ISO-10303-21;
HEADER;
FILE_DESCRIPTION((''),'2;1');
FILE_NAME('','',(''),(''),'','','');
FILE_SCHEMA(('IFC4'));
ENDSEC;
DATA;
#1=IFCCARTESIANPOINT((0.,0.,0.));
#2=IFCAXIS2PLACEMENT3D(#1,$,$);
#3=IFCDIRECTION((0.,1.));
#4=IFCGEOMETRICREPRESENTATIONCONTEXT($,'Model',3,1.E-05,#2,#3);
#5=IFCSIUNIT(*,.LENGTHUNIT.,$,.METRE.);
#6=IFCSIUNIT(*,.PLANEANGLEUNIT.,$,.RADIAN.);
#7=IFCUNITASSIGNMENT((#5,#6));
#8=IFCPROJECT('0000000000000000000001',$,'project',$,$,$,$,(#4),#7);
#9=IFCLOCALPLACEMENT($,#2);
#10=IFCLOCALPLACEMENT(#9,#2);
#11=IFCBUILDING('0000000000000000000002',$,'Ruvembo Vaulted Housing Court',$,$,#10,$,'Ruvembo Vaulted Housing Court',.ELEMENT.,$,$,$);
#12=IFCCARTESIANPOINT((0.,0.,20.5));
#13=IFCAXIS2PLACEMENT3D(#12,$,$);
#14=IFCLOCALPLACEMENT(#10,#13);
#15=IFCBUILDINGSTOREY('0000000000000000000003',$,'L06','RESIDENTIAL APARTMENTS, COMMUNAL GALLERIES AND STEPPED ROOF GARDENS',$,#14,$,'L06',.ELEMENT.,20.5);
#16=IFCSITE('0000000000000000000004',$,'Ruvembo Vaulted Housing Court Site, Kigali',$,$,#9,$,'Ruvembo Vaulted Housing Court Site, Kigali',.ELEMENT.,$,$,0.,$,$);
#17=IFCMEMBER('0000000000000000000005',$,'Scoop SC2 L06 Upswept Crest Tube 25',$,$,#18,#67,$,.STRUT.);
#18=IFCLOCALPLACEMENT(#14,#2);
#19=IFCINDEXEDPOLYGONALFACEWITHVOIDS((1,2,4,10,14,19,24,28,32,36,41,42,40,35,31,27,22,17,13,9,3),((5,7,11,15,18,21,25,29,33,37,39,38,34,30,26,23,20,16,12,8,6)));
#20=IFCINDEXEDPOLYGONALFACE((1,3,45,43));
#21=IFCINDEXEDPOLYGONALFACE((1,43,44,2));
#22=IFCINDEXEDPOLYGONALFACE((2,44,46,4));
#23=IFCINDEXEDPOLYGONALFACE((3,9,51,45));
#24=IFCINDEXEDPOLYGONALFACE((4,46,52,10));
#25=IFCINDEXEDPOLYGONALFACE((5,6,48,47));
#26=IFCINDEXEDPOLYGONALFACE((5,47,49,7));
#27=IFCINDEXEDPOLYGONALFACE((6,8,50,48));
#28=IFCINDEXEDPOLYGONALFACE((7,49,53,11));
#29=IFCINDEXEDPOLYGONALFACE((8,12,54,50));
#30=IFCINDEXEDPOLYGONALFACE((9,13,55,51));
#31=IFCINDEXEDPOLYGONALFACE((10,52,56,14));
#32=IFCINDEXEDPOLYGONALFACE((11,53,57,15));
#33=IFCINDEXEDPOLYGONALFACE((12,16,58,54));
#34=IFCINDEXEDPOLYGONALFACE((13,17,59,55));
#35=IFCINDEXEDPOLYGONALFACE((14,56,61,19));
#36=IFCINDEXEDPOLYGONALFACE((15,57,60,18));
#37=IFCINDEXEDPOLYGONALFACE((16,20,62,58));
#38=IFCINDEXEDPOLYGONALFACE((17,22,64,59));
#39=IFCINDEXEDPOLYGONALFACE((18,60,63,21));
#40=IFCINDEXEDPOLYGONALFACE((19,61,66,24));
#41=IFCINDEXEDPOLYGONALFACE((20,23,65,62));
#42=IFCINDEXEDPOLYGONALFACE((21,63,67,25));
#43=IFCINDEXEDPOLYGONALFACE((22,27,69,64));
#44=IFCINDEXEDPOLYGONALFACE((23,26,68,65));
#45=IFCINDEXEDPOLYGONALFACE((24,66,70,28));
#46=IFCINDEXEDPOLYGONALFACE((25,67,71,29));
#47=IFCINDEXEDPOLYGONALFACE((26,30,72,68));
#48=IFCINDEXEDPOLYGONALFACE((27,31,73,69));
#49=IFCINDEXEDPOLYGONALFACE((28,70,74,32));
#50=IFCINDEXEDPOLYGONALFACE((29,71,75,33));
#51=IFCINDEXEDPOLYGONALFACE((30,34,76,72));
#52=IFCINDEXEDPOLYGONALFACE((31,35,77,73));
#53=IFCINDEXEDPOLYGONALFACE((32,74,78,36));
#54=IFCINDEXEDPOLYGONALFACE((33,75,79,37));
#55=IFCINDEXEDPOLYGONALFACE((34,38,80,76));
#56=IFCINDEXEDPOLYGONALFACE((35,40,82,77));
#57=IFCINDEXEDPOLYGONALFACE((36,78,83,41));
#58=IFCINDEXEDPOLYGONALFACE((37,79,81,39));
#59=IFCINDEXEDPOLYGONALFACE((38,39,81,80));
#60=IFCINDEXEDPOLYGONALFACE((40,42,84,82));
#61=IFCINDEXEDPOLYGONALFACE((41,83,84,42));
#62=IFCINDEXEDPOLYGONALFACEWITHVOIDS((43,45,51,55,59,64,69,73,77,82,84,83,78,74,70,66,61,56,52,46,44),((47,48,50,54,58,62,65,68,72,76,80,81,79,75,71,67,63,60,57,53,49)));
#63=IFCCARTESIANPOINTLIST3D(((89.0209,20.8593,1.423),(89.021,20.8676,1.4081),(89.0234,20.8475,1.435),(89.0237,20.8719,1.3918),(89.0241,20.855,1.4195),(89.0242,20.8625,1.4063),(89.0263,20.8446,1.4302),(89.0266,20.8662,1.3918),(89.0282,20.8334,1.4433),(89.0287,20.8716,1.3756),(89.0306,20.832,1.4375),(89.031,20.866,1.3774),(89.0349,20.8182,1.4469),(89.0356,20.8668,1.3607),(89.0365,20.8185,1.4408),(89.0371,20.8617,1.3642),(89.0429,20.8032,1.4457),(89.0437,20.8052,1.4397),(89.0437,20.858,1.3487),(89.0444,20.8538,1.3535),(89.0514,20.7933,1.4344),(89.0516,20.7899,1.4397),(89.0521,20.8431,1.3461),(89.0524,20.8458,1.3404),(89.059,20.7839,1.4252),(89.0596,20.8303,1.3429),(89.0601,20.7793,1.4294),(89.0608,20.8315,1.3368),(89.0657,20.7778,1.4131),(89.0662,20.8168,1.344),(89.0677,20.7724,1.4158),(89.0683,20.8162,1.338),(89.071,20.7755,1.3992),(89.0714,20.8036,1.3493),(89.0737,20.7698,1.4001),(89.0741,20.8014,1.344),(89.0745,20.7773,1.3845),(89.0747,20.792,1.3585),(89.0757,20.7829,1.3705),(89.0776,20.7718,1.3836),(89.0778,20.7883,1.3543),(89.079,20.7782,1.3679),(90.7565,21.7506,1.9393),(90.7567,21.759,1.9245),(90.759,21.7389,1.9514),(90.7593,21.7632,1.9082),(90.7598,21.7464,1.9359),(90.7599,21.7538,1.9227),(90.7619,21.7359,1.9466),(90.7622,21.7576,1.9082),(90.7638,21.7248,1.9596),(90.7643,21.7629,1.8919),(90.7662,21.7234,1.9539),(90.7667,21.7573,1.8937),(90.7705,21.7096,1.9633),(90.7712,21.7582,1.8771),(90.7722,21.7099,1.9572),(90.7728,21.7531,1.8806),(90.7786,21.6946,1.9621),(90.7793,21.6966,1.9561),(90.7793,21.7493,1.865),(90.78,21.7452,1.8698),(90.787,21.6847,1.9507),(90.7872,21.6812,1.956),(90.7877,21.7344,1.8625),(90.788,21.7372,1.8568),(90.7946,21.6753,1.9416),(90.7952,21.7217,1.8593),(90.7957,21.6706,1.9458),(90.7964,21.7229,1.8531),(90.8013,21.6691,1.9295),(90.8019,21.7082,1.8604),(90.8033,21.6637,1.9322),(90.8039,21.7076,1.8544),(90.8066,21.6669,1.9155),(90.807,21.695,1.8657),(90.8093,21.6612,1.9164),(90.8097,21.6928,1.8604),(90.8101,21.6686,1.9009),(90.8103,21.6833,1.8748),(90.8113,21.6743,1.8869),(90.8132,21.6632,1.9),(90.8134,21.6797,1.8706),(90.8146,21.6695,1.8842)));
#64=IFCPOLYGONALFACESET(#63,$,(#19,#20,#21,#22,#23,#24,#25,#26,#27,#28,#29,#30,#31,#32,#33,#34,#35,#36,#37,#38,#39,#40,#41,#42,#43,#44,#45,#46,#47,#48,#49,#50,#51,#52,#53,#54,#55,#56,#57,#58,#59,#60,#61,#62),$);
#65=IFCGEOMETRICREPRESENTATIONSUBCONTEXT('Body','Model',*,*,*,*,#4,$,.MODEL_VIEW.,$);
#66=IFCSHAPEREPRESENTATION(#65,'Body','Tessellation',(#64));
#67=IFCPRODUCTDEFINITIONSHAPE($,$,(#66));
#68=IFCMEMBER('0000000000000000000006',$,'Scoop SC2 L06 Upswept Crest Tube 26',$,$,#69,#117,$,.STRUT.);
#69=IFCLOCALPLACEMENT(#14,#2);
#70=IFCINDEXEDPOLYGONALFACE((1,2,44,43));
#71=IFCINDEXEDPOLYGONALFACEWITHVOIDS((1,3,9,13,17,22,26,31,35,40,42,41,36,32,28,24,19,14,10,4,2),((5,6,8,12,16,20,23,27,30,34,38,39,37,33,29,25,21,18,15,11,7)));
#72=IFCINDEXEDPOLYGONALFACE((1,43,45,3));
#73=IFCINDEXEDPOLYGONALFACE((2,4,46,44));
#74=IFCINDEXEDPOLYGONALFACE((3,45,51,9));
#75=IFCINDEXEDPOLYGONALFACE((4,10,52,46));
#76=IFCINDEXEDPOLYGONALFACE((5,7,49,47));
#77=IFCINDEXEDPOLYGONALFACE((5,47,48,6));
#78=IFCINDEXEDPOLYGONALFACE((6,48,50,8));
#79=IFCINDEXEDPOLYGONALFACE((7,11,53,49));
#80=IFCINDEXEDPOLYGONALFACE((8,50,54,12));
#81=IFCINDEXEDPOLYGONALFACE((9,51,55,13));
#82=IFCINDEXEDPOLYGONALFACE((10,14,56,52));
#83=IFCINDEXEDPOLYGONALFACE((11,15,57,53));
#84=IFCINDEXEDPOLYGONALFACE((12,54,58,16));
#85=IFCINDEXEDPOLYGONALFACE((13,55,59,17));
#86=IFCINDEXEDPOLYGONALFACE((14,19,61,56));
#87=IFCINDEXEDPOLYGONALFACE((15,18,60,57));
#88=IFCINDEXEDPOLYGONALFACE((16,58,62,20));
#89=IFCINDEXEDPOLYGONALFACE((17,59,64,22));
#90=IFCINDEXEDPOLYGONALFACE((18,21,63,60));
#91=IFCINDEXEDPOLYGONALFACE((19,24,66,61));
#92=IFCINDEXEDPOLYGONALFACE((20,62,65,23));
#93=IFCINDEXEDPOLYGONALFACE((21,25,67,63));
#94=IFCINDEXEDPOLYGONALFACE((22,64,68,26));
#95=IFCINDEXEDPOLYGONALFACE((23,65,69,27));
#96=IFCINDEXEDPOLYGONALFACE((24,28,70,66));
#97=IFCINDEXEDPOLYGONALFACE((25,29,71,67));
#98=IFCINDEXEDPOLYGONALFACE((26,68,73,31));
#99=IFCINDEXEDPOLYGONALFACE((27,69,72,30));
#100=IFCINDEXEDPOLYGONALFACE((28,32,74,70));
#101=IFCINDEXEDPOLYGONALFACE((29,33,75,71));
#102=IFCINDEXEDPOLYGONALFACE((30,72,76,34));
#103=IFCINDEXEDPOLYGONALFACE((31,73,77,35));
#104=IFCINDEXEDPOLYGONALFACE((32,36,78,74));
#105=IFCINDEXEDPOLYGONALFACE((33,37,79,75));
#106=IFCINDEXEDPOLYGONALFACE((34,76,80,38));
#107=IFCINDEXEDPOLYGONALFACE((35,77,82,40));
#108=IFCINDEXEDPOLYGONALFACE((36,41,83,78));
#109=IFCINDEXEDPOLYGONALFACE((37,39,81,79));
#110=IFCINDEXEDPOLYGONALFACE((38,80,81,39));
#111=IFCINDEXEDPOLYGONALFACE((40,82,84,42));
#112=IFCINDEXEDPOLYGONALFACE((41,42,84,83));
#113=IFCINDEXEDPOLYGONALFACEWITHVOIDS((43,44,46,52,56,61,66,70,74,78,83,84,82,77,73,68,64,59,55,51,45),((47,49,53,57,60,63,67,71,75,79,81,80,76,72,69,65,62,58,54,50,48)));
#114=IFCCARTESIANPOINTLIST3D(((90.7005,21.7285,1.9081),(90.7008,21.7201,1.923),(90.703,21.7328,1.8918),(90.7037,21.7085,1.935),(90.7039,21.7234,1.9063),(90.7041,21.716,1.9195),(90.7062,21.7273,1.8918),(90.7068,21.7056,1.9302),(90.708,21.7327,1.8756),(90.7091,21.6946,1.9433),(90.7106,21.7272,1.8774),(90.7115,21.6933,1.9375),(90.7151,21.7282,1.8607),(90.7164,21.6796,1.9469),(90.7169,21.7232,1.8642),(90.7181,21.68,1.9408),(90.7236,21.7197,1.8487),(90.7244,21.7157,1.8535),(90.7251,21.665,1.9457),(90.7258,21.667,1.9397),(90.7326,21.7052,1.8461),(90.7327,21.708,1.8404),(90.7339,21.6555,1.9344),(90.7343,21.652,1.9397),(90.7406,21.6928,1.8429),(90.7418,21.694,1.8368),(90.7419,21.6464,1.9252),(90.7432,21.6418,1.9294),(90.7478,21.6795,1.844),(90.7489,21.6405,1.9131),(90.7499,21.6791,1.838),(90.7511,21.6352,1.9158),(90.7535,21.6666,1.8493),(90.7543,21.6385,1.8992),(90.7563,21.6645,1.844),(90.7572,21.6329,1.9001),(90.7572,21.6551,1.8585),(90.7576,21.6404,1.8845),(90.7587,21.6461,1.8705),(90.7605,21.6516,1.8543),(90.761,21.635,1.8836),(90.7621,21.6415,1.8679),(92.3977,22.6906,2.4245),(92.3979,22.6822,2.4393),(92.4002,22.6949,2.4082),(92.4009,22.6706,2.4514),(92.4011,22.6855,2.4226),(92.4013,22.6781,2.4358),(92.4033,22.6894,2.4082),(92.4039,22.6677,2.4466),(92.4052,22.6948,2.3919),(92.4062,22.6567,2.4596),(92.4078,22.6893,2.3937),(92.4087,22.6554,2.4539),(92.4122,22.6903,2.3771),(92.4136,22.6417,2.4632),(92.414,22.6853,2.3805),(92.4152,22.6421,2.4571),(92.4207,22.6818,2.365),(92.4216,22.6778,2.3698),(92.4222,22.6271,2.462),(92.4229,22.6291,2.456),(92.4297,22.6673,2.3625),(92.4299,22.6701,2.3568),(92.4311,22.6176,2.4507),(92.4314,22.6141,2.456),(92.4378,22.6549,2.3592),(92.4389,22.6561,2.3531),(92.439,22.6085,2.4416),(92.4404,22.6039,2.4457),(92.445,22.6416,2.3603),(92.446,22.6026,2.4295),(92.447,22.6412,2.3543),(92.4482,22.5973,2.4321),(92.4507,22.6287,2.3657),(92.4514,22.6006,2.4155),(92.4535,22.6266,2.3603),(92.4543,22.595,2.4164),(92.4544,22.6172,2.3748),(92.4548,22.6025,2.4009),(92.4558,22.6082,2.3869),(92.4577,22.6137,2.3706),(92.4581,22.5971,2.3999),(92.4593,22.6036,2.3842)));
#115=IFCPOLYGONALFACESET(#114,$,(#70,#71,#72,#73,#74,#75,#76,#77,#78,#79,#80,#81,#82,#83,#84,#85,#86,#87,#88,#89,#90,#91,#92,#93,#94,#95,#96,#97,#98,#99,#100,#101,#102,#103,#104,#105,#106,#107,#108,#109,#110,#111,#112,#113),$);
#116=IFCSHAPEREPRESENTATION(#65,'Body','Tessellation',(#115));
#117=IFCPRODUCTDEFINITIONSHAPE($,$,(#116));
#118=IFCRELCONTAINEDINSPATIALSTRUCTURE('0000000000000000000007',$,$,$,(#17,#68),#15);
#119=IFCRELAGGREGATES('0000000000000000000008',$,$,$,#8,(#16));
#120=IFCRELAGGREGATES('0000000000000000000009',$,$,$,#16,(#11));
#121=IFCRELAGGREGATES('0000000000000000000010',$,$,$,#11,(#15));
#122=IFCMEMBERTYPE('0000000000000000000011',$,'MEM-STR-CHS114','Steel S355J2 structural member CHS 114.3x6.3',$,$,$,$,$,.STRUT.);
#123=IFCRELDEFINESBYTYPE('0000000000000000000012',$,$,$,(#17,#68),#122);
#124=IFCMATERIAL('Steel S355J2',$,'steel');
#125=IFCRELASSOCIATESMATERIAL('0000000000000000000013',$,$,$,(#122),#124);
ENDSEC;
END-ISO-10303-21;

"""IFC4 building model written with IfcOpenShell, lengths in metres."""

from ifc_helpers import new_model, si_unit, direction, frame, origin, origin_2d, place, context, subcontext, project, spatial, hollow_circle, extrude, material, material_profile, profile_set, type_object, element, save


model = new_model("IFC4")

# Units and contexts
model_context = context("Model", 3, precision=1e-05, world=origin(), true_north=direction((0.0, 1.0)))
body_context = subcontext(model_context, "Body", "Model", "MODEL_VIEW")
ifc_project = project(units=[si_unit("LENGTHUNIT", "METRE"), si_unit("PLANEANGLEUNIT", "RADIAN")], contexts=[model_context])

# Site, building, storey
site_placement = place(None, origin())
site = spatial("IfcSite", under=ifc_project, at=site_placement, Name="Ruvembo Vaulted Housing Court Site, Kigali", LongName="Ruvembo Vaulted Housing Court Site, Kigali", CompositionType="ELEMENT", RefElevation=0.0)
building_placement = place(site_placement, origin())
building = spatial("IfcBuilding", under=site, at=building_placement, Name="Ruvembo Vaulted Housing Court", LongName="Ruvembo Vaulted Housing Court", CompositionType="ELEMENT")
storey_placement = place(building_placement, frame((0.0, 0.0, 20.5)))
storey = spatial("IfcBuildingStorey", under=building, at=storey_placement, Name="L06", Description="RESIDENTIAL APARTMENTS, COMMUNAL GALLERIES AND STEPPED ROOF GARDENS", LongName="L06", CompositionType="ELEMENT", Elevation=20.5)

# Members
ifc_material_1 = material(Name="Steel S355J2", Category="steel")
ifc_material_profile_1 = material_profile(ifc_material_1, hollow_circle(Radius=0.0571, WallThickness=0.0063, at=origin_2d()), Name="CHS 114.3x6.3")
ifc_profile_set_1 = profile_set([ifc_material_profile_1], Name="Steel S355J2")
member_type_1 = type_object("IfcMemberType", Name="MEM-STR-CHS114", Description="Steel S355J2 structural member CHS 114.3x6.3", PredefinedType="STRUT", material=ifc_profile_set_1)
for number, where, z_axis, x_axis, name in (
    (1, (89.0498, 20.821, 1.3918), (0.85994, 0.441643, 0.255841), (-0.456848, 0.889545, 0.0), "Scoop SC2 L06 Upswept Crest Tube 25"),
):
    element("IfcMember", number, at=place(storey_placement, frame(where, z_axis=z_axis, x_axis=x_axis)), inside=storey, type_object=member_type_1, Name=name, PredefinedType="STRUT", context=body_context, shape_type="SweptSolid", body=[
        extrude(hollow_circle(Radius=0.0571, WallThickness=0.0063, at=origin_2d()), origin(), (0.0, 0.0, 1.0), 2.0183),
    ])
member_1_placement = place(storey_placement, frame((90.7312, 21.6831, 1.8918), z_axis=(0.840985, 0.476744, 0.255852), x_axis=(-0.493158, 0.86994, 0.0)))
element("IfcMember", 2, at=member_1_placement, inside=storey, type_object=member_type_1, Name="Scoop SC2 L06 Upswept Crest Tube 26", PredefinedType="STRUT", context=body_context, shape_type="SweptSolid", body=[
    extrude(hollow_circle(Radius=0.0571, WallThickness=0.0063, at=origin_2d()), origin(), (0.0, 0.0, 1.0), 2.0181),
])

save(model, "model.ifc")
